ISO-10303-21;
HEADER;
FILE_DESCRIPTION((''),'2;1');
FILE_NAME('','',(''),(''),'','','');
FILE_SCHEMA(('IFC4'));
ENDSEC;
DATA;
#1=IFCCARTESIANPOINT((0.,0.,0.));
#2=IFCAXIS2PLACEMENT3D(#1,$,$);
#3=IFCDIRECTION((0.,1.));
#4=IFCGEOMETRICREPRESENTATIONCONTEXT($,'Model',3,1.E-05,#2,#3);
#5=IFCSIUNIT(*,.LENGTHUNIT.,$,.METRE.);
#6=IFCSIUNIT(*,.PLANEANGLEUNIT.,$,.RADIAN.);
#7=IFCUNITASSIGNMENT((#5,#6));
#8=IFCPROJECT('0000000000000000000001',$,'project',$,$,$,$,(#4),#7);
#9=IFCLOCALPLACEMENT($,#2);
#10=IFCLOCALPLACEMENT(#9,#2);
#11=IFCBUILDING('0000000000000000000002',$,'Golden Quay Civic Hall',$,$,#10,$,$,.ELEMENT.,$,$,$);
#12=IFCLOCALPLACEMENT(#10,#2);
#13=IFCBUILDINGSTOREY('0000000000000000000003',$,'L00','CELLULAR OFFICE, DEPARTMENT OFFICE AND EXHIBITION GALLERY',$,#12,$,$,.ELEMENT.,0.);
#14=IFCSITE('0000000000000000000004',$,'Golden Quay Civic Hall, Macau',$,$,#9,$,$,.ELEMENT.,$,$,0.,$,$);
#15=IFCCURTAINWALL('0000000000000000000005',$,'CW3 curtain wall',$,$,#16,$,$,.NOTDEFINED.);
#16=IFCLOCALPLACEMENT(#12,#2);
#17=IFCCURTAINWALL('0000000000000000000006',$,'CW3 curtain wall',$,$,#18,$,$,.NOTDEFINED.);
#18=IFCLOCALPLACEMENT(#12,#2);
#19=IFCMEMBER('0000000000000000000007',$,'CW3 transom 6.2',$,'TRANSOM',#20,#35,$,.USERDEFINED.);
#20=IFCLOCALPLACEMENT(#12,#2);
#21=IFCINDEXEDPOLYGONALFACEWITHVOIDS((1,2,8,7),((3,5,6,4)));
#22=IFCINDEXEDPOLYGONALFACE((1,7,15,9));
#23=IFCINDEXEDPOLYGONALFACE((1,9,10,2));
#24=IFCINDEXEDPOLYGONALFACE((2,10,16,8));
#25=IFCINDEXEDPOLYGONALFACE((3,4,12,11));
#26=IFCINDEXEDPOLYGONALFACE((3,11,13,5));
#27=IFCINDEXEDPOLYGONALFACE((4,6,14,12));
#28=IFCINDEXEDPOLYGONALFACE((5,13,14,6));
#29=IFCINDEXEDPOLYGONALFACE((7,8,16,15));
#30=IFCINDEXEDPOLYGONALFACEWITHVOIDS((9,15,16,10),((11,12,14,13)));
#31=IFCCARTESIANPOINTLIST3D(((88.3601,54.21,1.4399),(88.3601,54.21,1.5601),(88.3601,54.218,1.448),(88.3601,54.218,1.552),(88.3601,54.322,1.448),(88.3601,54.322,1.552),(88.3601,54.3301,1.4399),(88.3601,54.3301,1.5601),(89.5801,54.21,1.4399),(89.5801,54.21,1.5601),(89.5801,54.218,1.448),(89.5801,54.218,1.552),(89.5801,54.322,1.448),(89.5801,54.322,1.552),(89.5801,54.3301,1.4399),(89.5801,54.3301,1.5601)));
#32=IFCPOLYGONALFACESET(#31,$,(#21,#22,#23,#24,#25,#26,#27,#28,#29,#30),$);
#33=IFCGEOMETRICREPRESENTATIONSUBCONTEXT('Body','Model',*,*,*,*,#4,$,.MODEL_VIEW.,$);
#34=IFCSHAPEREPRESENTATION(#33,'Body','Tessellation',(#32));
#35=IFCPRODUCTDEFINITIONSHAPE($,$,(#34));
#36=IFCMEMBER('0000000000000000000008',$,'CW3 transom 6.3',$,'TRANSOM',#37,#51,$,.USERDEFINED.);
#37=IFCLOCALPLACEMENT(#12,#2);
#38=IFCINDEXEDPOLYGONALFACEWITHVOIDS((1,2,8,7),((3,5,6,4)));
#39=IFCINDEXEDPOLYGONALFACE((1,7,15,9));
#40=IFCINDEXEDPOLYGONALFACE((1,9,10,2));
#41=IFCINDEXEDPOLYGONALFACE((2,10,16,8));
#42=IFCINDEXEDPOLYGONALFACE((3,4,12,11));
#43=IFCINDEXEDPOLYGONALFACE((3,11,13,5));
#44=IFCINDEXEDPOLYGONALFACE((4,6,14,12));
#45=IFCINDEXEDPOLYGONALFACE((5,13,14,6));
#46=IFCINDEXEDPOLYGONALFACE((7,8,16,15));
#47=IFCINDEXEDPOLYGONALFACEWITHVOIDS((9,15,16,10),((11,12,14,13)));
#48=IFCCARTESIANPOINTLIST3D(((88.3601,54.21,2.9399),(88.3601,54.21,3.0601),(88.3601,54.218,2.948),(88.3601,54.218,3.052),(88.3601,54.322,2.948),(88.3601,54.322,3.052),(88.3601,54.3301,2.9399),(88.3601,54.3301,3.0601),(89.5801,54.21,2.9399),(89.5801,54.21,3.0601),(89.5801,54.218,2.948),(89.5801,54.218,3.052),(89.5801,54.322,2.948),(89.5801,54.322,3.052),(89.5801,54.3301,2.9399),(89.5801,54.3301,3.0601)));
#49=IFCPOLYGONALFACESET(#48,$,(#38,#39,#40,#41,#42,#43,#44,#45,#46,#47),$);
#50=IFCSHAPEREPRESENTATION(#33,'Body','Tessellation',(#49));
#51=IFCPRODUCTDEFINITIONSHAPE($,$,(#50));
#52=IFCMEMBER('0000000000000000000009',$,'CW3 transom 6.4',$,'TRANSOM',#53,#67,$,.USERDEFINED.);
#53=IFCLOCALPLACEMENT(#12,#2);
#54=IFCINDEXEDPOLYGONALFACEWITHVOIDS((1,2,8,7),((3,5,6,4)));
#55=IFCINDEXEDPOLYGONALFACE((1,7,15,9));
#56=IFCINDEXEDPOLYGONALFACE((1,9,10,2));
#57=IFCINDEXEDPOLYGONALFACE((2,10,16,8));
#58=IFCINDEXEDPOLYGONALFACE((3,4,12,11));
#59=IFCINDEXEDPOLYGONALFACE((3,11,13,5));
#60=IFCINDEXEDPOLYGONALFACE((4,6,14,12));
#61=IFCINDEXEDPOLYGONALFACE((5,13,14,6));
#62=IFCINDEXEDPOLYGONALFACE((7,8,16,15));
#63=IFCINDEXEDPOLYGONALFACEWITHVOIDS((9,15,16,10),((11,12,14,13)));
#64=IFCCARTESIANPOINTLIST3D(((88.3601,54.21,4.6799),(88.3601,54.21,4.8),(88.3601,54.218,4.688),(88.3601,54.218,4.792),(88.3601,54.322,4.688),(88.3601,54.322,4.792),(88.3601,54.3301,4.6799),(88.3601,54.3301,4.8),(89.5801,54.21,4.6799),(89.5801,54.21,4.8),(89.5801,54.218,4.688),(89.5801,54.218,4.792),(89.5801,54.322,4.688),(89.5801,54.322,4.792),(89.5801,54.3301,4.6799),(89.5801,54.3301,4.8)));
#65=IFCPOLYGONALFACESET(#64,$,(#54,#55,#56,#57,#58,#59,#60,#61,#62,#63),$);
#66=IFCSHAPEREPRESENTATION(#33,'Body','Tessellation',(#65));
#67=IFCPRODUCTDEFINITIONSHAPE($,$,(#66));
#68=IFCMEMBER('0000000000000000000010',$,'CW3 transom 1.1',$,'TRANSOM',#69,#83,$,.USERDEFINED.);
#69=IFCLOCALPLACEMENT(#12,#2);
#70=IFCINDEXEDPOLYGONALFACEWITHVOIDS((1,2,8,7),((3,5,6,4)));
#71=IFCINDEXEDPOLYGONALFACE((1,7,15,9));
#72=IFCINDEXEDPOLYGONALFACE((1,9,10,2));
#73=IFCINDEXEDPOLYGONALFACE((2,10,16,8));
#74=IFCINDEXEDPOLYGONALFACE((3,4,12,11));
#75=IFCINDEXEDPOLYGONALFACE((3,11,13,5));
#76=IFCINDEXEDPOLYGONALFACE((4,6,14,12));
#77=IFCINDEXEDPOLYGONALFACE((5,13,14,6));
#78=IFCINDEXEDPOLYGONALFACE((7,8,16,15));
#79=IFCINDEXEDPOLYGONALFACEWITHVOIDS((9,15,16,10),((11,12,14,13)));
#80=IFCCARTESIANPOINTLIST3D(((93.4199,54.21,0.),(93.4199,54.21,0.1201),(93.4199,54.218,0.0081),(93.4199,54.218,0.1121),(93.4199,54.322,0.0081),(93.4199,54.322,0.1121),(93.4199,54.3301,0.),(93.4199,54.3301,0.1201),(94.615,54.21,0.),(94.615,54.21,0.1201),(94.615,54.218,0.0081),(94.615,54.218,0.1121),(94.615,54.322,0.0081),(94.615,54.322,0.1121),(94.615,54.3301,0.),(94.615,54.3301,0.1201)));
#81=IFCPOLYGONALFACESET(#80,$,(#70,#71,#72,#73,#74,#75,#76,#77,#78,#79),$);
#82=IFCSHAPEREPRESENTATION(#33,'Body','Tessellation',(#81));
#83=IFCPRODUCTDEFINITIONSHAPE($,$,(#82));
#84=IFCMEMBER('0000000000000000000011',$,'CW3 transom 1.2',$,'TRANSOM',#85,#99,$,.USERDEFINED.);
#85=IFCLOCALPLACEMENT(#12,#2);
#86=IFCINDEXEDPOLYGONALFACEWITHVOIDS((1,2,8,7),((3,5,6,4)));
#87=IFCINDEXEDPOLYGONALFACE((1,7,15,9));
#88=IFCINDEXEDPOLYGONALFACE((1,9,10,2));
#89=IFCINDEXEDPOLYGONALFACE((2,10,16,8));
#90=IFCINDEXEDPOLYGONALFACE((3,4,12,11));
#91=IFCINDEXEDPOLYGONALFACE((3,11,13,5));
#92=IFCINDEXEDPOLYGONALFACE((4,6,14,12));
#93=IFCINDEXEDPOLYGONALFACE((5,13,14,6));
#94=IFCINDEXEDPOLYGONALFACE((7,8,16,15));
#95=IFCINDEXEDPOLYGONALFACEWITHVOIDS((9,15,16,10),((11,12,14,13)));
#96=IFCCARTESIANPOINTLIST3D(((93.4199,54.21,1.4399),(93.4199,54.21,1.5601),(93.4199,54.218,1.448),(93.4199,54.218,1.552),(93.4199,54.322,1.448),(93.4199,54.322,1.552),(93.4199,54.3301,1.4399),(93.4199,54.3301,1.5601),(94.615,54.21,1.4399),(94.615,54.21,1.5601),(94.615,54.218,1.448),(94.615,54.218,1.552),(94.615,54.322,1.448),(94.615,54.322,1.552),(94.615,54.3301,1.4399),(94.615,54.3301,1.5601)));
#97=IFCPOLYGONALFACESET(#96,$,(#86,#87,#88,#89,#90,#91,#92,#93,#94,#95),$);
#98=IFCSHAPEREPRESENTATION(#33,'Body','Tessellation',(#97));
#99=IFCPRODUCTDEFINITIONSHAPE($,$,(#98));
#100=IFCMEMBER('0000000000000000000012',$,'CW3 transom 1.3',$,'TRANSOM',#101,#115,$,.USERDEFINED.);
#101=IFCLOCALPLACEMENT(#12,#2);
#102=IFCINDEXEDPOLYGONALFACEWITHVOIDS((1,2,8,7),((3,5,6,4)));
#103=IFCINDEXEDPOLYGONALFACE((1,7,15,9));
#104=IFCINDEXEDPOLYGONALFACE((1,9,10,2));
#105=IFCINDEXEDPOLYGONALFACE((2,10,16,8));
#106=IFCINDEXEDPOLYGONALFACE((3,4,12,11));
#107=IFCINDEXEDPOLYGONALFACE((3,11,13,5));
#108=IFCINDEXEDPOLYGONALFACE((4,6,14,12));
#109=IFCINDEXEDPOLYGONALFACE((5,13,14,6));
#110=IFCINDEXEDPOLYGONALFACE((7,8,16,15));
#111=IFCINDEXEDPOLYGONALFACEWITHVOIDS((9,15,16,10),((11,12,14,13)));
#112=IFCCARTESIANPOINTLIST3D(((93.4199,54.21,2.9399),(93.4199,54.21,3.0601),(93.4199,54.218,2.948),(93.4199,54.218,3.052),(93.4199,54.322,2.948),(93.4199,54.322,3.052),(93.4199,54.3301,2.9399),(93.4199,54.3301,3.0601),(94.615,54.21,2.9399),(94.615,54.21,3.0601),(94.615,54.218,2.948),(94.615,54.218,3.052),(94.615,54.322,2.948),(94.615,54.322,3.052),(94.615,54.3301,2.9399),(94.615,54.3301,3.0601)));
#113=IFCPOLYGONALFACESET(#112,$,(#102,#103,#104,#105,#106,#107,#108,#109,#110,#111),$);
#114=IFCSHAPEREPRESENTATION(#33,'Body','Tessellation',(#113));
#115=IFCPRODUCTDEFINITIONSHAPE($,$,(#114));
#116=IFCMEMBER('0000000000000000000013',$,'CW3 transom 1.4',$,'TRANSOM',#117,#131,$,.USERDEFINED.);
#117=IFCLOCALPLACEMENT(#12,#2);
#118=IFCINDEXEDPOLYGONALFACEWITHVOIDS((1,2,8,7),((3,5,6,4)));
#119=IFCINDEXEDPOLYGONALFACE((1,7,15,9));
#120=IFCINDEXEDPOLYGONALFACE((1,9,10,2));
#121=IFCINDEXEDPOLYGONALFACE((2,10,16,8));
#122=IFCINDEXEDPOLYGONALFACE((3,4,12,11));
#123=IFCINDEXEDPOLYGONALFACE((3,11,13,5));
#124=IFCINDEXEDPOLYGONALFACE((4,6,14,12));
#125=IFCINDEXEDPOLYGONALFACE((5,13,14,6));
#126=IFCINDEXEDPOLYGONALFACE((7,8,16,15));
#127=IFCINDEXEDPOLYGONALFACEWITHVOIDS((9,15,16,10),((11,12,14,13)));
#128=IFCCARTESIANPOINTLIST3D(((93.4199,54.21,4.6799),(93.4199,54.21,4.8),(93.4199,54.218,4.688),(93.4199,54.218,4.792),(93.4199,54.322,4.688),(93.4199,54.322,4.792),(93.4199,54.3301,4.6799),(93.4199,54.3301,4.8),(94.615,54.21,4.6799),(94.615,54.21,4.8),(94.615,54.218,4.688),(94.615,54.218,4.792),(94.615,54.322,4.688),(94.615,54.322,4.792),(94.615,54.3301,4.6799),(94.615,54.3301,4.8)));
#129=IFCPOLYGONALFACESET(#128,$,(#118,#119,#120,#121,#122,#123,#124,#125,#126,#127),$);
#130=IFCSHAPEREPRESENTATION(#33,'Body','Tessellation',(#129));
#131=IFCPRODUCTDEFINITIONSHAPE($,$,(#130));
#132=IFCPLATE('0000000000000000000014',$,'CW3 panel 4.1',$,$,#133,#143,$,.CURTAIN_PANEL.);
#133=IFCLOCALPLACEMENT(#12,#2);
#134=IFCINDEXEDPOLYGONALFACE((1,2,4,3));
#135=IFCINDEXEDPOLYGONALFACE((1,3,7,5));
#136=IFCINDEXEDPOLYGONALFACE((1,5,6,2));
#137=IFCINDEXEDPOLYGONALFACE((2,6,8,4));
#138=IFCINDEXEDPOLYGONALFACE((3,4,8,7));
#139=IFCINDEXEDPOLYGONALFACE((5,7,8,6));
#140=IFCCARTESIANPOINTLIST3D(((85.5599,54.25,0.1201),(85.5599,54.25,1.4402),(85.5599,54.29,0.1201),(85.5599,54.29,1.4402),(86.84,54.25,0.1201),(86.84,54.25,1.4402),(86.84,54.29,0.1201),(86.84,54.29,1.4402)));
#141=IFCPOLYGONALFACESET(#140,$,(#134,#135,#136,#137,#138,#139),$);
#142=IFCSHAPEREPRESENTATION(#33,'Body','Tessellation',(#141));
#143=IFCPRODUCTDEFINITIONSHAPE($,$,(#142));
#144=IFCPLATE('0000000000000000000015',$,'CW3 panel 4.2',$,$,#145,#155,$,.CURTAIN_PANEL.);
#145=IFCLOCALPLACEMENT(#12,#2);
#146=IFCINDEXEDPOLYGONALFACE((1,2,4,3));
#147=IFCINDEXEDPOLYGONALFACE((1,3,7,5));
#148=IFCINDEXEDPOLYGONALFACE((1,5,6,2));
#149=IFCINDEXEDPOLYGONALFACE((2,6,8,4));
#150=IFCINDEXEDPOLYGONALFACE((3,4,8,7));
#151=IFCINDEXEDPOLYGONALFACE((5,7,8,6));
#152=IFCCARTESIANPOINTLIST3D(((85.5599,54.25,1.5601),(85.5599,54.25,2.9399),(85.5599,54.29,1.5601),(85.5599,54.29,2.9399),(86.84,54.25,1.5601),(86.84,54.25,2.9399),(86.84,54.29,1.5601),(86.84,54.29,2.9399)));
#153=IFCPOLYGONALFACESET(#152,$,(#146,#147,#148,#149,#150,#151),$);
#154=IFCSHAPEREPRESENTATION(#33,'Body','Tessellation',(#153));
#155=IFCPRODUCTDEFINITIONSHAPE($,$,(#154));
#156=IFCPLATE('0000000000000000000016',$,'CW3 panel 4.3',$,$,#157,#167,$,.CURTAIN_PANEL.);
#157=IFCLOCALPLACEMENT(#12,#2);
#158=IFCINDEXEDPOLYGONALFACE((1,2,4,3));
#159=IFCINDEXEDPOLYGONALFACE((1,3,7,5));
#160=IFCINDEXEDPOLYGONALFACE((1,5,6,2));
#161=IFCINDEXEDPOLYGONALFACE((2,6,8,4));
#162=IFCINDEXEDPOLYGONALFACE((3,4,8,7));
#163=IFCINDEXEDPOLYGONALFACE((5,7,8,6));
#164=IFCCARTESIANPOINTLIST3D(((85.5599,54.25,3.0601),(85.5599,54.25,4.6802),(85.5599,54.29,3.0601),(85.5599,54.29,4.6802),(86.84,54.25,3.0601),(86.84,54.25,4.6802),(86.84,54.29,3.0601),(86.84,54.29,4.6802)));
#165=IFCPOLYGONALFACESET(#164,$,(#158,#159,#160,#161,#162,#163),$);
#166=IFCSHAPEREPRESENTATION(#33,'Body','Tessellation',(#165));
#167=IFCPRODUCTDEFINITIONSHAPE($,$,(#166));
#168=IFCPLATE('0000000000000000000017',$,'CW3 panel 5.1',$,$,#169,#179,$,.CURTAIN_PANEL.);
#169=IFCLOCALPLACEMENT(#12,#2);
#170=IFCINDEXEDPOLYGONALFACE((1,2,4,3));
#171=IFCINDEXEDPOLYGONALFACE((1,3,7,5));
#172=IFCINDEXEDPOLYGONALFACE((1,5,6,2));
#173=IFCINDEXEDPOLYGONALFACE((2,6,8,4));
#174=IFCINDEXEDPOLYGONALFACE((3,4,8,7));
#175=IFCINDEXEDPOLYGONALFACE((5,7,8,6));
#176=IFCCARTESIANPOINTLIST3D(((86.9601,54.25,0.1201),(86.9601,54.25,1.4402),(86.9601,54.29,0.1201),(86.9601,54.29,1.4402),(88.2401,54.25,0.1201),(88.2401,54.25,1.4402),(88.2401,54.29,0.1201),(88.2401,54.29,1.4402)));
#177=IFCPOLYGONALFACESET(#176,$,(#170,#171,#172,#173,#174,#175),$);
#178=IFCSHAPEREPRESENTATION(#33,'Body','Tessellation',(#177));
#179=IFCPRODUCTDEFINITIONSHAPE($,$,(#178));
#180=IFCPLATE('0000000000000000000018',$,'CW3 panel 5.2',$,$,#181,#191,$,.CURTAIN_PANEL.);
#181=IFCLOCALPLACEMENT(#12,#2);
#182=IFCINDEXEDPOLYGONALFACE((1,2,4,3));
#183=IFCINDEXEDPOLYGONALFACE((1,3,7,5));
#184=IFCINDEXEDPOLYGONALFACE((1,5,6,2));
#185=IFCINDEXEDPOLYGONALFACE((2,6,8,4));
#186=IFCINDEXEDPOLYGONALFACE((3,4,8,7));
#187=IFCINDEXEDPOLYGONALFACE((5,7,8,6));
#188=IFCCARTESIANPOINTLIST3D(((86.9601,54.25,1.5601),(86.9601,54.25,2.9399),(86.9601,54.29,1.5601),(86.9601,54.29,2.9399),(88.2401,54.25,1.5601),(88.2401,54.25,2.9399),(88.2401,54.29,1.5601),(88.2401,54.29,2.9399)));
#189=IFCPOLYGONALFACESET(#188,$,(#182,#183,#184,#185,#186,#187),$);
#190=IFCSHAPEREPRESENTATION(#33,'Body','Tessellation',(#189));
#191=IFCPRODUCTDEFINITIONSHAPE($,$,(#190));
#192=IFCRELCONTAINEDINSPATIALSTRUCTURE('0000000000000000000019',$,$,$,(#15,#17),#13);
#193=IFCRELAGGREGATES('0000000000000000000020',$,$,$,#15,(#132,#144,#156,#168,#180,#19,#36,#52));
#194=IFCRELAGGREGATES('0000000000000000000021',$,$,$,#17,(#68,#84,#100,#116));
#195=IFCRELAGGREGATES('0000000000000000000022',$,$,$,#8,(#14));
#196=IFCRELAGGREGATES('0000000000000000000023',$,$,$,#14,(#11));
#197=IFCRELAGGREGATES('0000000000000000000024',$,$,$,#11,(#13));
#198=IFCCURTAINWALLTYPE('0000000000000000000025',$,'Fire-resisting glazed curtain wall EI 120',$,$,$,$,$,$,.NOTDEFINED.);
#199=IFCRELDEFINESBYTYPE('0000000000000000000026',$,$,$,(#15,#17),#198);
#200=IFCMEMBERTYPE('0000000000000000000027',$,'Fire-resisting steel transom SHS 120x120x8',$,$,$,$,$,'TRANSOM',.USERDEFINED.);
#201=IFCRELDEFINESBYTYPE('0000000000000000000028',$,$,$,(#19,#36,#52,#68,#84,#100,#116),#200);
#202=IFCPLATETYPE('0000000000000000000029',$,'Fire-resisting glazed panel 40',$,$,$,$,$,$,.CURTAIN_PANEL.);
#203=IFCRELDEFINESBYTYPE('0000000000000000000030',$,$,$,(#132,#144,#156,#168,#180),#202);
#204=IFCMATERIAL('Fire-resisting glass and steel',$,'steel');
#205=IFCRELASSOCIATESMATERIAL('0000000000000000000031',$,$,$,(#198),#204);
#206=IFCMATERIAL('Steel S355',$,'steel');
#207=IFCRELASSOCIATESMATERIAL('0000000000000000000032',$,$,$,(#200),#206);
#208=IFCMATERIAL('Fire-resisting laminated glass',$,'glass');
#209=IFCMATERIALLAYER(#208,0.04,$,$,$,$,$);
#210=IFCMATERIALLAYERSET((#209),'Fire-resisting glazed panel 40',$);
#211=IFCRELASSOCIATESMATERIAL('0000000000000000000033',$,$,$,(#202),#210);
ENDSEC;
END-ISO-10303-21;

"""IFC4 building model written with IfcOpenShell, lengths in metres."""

from ifc_helpers import new_model, si_unit, direction, frame, origin, origin_2d, place, context, subcontext, project, spatial, rectangle, hollow_rectangle, extrude, material, layer, layer_set, material_profile, profile_set, type_object, element, aggregate, save


model = new_model("IFC4")

# Units and contexts
model_context = context("Model", 3, precision=1e-05, world=origin(), true_north=direction((0.0, 1.0)))
body_context = subcontext(model_context, "Body", "Model", "MODEL_VIEW")
ifc_project = project(units=[si_unit("LENGTHUNIT", "METRE"), si_unit("PLANEANGLEUNIT", "RADIAN")], contexts=[model_context])

# Site, building, storey
site_placement = place(None, origin())
site = spatial("IfcSite", under=ifc_project, at=site_placement, Name="Golden Quay Civic Hall, Macau", CompositionType="ELEMENT", RefElevation=0.0)
building_placement = place(site_placement, origin())
building = spatial("IfcBuilding", under=site, at=building_placement, Name="Golden Quay Civic Hall", CompositionType="ELEMENT")
storey_placement = place(building_placement, origin())
storey = spatial("IfcBuildingStorey", under=building, at=storey_placement, Name="L00", Description="CELLULAR OFFICE, DEPARTMENT OFFICE AND EXHIBITION GALLERY", CompositionType="ELEMENT", Elevation=0.0)

# Curtain walls
ifc_material_1 = material(Name="Fire-resisting glass and steel", Category="steel")
curtain_wall_type = type_object("IfcCurtainWallType", Name="Fire-resisting glazed curtain wall EI 120", PredefinedType="NOTDEFINED", material=ifc_material_1)
curtain_wall_1_placement = place(storey_placement, origin())
curtain_wall_1 = element("IfcCurtainWall", 1, at=curtain_wall_1_placement, inside=storey, type_object=curtain_wall_type, Name="CW3 curtain wall", PredefinedType="NOTDEFINED")
curtain_wall_2_placement = place(storey_placement, origin())
curtain_wall_2 = element("IfcCurtainWall", 2, at=curtain_wall_2_placement, inside=storey, type_object=curtain_wall_type, Name="CW3 curtain wall", PredefinedType="NOTDEFINED")

# Members
ifc_material_2 = material(Name="Steel S355", Category="steel")
ifc_material_profile_1 = material_profile(ifc_material_2, hollow_rectangle(XDim=0.1201, YDim=0.1201, WallThickness=0.0081, at=origin_2d()), Name="SHS 120x120x8")
ifc_profile_set_1 = profile_set([ifc_material_profile_1], Name="Steel S355")
member_type_1 = type_object("IfcMemberType", Name="Fire-resisting steel transom SHS 120x120x8", ElementType="TRANSOM", PredefinedType="USERDEFINED", material=ifc_profile_set_1)
member_1_placement = place(storey_placement, frame((88.3601, 54.27, 1.5), z_axis=(1.0, 0.0, 0.0), x_axis=(0.0, 1.0, 0.0)))
member_1 = element("IfcMember", 3, at=member_1_placement, type_object=member_type_1, Name="CW3 transom 6.2", ObjectType="TRANSOM", PredefinedType="USERDEFINED", context=body_context, shape_type="SweptSolid", body=[
    extrude(hollow_rectangle(XDim=0.1201, YDim=0.1201, WallThickness=0.0081, at=origin_2d()), origin(), (0.0, 0.0, 1.0), 1.22),
])
member_2_placement = place(storey_placement, frame((88.3601, 54.27, 3.0), z_axis=(1.0, 0.0, 0.0), x_axis=(0.0, 1.0, 0.0)))
member_2 = element("IfcMember", 4, at=member_2_placement, type_object=member_type_1, Name="CW3 transom 6.3", ObjectType="TRANSOM", PredefinedType="USERDEFINED", context=body_context, shape_type="SweptSolid", body=[
    extrude(hollow_rectangle(XDim=0.1201, YDim=0.1201, WallThickness=0.0081, at=origin_2d()), origin(), (0.0, 0.0, 1.0), 1.22),
])
member_3_placement = place(storey_placement, frame((88.3601, 54.27, 4.74), z_axis=(1.0, 0.0, 0.0), x_axis=(0.0, 1.0, 0.0)))
member_3 = element("IfcMember", 5, at=member_3_placement, type_object=member_type_1, Name="CW3 transom 6.4", ObjectType="TRANSOM", PredefinedType="USERDEFINED", context=body_context, shape_type="SweptSolid", body=[
    extrude(hollow_rectangle(XDim=0.1201, YDim=0.1201, WallThickness=0.0081, at=origin_2d()), origin(), (0.0, 0.0, 1.0), 1.22),
])
member_4_placement = place(storey_placement, frame((93.4199, 54.27, 0.0601), z_axis=(1.0, 0.0, 0.0), x_axis=(0.0, 1.0, 0.0)))
member_4 = element("IfcMember", 6, at=member_4_placement, type_object=member_type_1, Name="CW3 transom 1.1", ObjectType="TRANSOM", PredefinedType="USERDEFINED", context=body_context, shape_type="SweptSolid", body=[
    extrude(hollow_rectangle(XDim=0.1201, YDim=0.1201, WallThickness=0.0081, at=origin_2d()), origin(), (0.0, 0.0, 1.0), 1.1951),
])
member_5_placement = place(storey_placement, frame((93.4199, 54.27, 1.5), z_axis=(1.0, 0.0, 0.0), x_axis=(0.0, 1.0, 0.0)))
member_5 = element("IfcMember", 7, at=member_5_placement, type_object=member_type_1, Name="CW3 transom 1.2", ObjectType="TRANSOM", PredefinedType="USERDEFINED", context=body_context, shape_type="SweptSolid", body=[
    extrude(hollow_rectangle(XDim=0.1201, YDim=0.1201, WallThickness=0.0081, at=origin_2d()), origin(), (0.0, 0.0, 1.0), 1.1951),
])
member_6_placement = place(storey_placement, frame((93.4199, 54.27, 3.0), z_axis=(1.0, 0.0, 0.0), x_axis=(0.0, 1.0, 0.0)))
member_6 = element("IfcMember", 8, at=member_6_placement, type_object=member_type_1, Name="CW3 transom 1.3", ObjectType="TRANSOM", PredefinedType="USERDEFINED", context=body_context, shape_type="SweptSolid", body=[
    extrude(hollow_rectangle(XDim=0.1201, YDim=0.1201, WallThickness=0.0081, at=origin_2d()), origin(), (0.0, 0.0, 1.0), 1.1951),
])
member_7_placement = place(storey_placement, frame((93.4199, 54.27, 4.74), z_axis=(1.0, 0.0, 0.0), x_axis=(0.0, 1.0, 0.0)))
member_7 = element("IfcMember", 9, at=member_7_placement, type_object=member_type_1, Name="CW3 transom 1.4", ObjectType="TRANSOM", PredefinedType="USERDEFINED", context=body_context, shape_type="SweptSolid", body=[
    extrude(hollow_rectangle(XDim=0.1201, YDim=0.1201, WallThickness=0.0081, at=origin_2d()), origin(), (0.0, 0.0, 1.0), 1.1951),
])

# Plates
ifc_material_3 = material(Name="Fire-resisting laminated glass", Category="glass")
ifc_layer_1 = layer(ifc_material_3, 0.04)
ifc_layer_set_1 = layer_set([ifc_layer_1], Name="Fire-resisting glazed panel 40")
plate_type = type_object("IfcPlateType", Name="Fire-resisting glazed panel 40", PredefinedType="CURTAIN_PANEL", material=ifc_layer_set_1)
plate_1_placement = place(storey_placement, frame((86.2, 54.27, 0.1201), z_axis=(0.0, 0.0, 1.0), x_axis=(1.0, 0.0, 0.0)))
plate_1 = element("IfcPlate", 10, at=plate_1_placement, type_object=plate_type, Name="CW3 panel 4.1", PredefinedType="CURTAIN_PANEL", context=body_context, shape_type="SweptSolid", body=[
    extrude(rectangle(XDim=1.28, YDim=0.04, at=origin_2d()), origin(), (0.0, 0.0, 1.0), 1.3201),
])
plate_2_placement = place(storey_placement, frame((86.2, 54.27, 1.5601), z_axis=(0.0, 0.0, 1.0), x_axis=(1.0, 0.0, 0.0)))
plate_2 = element("IfcPlate", 11, at=plate_2_placement, type_object=plate_type, Name="CW3 panel 4.2", PredefinedType="CURTAIN_PANEL", context=body_context, shape_type="SweptSolid", body=[
    extrude(rectangle(XDim=1.28, YDim=0.04, at=origin_2d()), origin(), (0.0, 0.0, 1.0), 1.3799),
])
plate_3_placement = place(storey_placement, frame((86.2, 54.27, 3.0601), z_axis=(0.0, 0.0, 1.0), x_axis=(1.0, 0.0, 0.0)))
plate_3 = element("IfcPlate", 12, at=plate_3_placement, type_object=plate_type, Name="CW3 panel 4.3", PredefinedType="CURTAIN_PANEL", context=body_context, shape_type="SweptSolid", body=[
    extrude(rectangle(XDim=1.28, YDim=0.04, at=origin_2d()), origin(), (0.0, 0.0, 1.0), 1.6201),
])
plate_4_placement = place(storey_placement, frame((87.6001, 54.27, 0.1201), z_axis=(0.0, 0.0, 1.0), x_axis=(1.0, 0.0, 0.0)))
plate_4 = element("IfcPlate", 13, at=plate_4_placement, type_object=plate_type, Name="CW3 panel 5.1", PredefinedType="CURTAIN_PANEL", context=body_context, shape_type="SweptSolid", body=[
    extrude(rectangle(XDim=1.28, YDim=0.04, at=origin_2d()), origin(), (0.0, 0.0, 1.0), 1.3201),
])
plate_5_placement = place(storey_placement, frame((87.6001, 54.27, 1.5601), z_axis=(0.0, 0.0, 1.0), x_axis=(1.0, 0.0, 0.0)))
plate_5 = element("IfcPlate", 14, at=plate_5_placement, type_object=plate_type, Name="CW3 panel 5.2", PredefinedType="CURTAIN_PANEL", context=body_context, shape_type="SweptSolid", body=[
    extrude(rectangle(XDim=1.28, YDim=0.04, at=origin_2d()), origin(), (0.0, 0.0, 1.0), 1.3799),
])
aggregate(curtain_wall_1, [plate_1, plate_2, plate_3, plate_4, plate_5, member_1, member_2, member_3])
aggregate(curtain_wall_2, [member_4, member_5, member_6, member_7])

save(model, "model.ifc")
